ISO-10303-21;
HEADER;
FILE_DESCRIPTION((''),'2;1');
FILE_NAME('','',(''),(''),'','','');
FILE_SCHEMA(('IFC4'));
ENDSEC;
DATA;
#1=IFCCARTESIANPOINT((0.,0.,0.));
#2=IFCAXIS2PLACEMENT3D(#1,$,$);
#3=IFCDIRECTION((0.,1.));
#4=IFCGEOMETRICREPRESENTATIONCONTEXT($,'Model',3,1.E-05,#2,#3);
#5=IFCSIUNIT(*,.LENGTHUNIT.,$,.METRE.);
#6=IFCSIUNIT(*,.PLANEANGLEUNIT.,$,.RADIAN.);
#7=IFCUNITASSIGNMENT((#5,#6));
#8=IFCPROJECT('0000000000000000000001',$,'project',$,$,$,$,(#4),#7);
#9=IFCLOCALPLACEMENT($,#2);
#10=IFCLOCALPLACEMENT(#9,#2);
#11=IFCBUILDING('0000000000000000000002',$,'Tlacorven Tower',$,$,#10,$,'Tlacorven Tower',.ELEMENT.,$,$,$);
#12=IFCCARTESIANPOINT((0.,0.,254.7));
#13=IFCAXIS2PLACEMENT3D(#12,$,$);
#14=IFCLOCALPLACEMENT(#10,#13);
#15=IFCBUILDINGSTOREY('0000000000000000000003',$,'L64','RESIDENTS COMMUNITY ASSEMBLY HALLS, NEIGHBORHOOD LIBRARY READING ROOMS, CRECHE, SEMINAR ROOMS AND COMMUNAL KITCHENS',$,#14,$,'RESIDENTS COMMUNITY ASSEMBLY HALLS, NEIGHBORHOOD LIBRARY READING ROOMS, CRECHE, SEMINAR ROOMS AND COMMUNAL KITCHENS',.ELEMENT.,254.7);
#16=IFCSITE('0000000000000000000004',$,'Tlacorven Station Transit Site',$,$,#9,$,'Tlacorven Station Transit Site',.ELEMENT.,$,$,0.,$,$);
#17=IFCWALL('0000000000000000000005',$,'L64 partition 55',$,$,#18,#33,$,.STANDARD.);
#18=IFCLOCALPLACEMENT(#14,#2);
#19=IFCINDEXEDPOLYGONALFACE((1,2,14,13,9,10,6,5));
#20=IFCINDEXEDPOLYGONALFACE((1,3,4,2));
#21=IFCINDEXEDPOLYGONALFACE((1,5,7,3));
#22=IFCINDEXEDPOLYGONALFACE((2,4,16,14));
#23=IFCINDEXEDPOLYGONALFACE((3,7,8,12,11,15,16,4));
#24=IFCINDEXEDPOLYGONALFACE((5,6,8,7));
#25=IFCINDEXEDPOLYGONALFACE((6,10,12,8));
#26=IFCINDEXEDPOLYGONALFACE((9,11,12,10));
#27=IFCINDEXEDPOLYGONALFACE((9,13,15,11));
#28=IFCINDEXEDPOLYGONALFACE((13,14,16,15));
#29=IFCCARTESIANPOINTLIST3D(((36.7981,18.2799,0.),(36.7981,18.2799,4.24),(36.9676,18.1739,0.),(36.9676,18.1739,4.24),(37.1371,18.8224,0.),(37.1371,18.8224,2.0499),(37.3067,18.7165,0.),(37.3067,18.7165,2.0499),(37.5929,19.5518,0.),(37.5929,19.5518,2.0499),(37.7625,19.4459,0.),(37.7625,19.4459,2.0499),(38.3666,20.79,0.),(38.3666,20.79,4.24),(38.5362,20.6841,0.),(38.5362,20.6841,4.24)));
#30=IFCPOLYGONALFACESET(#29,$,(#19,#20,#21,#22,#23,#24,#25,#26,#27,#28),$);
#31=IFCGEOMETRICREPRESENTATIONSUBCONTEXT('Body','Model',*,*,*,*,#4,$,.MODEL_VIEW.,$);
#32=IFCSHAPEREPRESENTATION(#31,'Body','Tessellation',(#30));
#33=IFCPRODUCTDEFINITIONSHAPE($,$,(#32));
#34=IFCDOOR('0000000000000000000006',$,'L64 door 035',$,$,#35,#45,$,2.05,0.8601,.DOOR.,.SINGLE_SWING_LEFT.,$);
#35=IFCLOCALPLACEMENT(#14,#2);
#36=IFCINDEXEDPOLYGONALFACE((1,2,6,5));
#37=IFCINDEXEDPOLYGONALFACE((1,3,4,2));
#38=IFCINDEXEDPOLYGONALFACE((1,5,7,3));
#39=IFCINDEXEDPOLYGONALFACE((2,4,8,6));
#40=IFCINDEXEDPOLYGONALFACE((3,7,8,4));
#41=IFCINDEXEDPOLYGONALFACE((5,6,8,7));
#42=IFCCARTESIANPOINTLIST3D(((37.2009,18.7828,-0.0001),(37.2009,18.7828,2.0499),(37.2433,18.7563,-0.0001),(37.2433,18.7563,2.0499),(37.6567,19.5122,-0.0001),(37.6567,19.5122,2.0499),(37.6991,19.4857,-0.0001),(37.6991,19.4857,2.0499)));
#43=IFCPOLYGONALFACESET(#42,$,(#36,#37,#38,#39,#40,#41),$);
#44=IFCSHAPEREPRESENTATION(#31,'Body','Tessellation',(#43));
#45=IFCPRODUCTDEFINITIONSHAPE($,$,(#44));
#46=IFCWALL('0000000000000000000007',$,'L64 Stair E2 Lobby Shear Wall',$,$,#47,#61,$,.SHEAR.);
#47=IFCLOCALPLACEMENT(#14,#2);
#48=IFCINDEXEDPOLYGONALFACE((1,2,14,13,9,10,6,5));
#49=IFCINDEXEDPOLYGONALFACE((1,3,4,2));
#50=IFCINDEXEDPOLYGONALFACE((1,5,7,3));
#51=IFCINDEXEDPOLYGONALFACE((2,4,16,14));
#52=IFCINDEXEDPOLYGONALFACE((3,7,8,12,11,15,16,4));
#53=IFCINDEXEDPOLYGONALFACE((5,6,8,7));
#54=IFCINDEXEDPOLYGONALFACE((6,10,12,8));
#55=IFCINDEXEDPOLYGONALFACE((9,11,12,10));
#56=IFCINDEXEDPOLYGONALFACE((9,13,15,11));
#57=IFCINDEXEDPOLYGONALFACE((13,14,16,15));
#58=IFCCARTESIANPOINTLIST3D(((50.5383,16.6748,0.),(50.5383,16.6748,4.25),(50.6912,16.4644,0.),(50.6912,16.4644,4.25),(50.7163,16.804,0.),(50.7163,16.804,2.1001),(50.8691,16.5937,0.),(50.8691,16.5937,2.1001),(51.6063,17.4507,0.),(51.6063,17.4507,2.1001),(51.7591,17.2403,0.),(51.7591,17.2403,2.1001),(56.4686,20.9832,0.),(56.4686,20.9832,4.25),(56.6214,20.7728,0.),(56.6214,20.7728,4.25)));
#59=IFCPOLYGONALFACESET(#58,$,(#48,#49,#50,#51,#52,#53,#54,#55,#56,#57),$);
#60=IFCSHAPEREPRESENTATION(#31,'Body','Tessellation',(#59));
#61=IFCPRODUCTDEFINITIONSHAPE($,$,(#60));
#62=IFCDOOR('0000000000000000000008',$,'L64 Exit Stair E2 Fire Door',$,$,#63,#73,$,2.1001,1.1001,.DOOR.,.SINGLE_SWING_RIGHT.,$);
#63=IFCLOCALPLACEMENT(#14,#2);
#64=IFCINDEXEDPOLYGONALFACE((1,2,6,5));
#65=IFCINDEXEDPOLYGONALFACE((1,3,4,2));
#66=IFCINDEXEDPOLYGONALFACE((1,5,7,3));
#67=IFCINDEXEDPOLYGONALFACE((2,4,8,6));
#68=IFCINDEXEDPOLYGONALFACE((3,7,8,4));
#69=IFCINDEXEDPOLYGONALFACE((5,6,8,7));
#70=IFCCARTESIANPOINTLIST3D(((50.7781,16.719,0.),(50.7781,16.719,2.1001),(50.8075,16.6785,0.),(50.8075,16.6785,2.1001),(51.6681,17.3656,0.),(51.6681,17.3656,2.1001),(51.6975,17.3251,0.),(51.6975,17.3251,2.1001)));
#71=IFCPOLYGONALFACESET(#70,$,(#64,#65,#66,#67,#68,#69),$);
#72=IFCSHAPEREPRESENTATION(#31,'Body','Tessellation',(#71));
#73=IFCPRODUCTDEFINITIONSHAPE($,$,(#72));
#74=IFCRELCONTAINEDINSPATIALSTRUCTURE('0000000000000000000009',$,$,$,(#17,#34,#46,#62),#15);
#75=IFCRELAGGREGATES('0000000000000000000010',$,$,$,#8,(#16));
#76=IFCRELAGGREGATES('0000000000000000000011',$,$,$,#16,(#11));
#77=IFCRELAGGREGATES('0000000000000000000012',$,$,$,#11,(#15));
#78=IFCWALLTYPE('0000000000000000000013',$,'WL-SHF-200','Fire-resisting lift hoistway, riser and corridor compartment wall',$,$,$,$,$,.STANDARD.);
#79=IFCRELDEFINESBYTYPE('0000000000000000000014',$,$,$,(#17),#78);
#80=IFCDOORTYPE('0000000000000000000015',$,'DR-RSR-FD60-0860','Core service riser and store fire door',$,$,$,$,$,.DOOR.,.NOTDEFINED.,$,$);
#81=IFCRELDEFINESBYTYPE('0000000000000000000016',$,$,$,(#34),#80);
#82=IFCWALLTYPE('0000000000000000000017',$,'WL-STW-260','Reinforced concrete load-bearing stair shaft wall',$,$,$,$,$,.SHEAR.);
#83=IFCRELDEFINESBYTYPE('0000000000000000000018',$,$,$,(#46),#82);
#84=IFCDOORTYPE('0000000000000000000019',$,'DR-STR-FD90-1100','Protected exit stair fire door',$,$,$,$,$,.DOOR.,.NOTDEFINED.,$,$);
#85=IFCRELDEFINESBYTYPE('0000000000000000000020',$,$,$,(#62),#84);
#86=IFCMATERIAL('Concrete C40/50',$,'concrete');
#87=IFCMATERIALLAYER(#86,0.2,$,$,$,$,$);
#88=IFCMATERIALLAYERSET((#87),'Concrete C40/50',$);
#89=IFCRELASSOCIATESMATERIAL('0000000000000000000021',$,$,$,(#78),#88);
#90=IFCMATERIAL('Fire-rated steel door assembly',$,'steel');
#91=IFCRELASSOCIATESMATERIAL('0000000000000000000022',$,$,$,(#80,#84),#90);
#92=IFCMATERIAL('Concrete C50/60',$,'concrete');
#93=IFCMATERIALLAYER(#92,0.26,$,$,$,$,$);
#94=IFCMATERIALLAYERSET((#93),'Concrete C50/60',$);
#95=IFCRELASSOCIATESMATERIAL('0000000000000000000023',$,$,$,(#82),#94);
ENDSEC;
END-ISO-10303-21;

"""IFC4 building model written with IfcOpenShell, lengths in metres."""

from ifc_helpers import new_model, si_unit, direction, frame, frame_2d, origin, place, context, subcontext, project, spatial, rectangle, extrude, source, transform, mapped, material, layer, layer_set, type_object, element, fill, save


model = new_model("IFC4")

# Units and contexts
model_context = context("Model", 3, precision=1e-05, world=origin(), true_north=direction((0.0, 1.0)))
body_context = subcontext(model_context, "Body", "Model", "MODEL_VIEW")
ifc_project = project(units=[si_unit("LENGTHUNIT", "METRE"), si_unit("PLANEANGLEUNIT", "RADIAN")], contexts=[model_context])

# Site, building, storey
site_placement = place(None, origin())
site = spatial("IfcSite", under=ifc_project, at=site_placement, Name="Tlacorven Station Transit Site", LongName="Tlacorven Station Transit Site", CompositionType="ELEMENT", RefElevation=0.0)
building_placement = place(site_placement, origin())
building = spatial("IfcBuilding", under=site, at=building_placement, Name="Tlacorven Tower", LongName="Tlacorven Tower", CompositionType="ELEMENT")
storey_placement = place(building_placement, frame((0.0, 0.0, 254.7)))
storey = spatial("IfcBuildingStorey", under=building, at=storey_placement, Name="L64", Description="RESIDENTS COMMUNITY ASSEMBLY HALLS, NEIGHBORHOOD LIBRARY READING ROOMS, CRECHE, SEMINAR ROOMS AND COMMUNAL KITCHENS", LongName="RESIDENTS COMMUNITY ASSEMBLY HALLS, NEIGHBORHOOD LIBRARY READING ROOMS, CRECHE, SEMINAR ROOMS AND COMMUNAL KITCHENS", CompositionType="ELEMENT", Elevation=254.7)

# Shared definitions
ifc_material_1 = material(Name="Concrete C50/60", Category="concrete")

# Shared definitions
ifc_material_2 = material(Name="Fire-rated steel door assembly", Category="steel")

# Walls, openings, doors
ifc_material_3 = material(Name="Concrete C40/50", Category="concrete")
ifc_layer_1 = layer(ifc_material_3, 0.2)
ifc_layer_set_1 = layer_set([ifc_layer_1], Name="Concrete C40/50")
wall_type_1 = type_object("IfcWallType", Name="WL-SHF-200", Description="Fire-resisting lift hoistway, riser and corridor compartment wall", PredefinedType="STANDARD", material=ifc_layer_set_1)
wall_1_placement = place(storey_placement, frame((38.4514, 20.7371, 0.0), z_axis=(0.0, 0.0, 1.0), x_axis=(-0.529925, -0.848045, 0.0)))
wall_1 = element("IfcWall", 1, at=wall_1_placement, inside=storey, type_object=wall_type_1, Name="L64 partition 55", PredefinedType="STANDARD", context=body_context, shape_type="SweptSolid", body=[
    extrude(rectangle(XDim=2.96, YDim=0.2, at=frame_2d((1.48, 0.0))), origin(), (0.0, 0.0, 1.0), 4.24),
])
opening_1_placement = place(wall_1_placement, frame((1.46, 0.0, 0.0)))
opening_1 = element("IfcOpeningElement", 2, at=opening_1_placement, cuts=wall_1, PredefinedType="OPENING", context=body_context, shape_type="SweptSolid", body=[
    extrude(rectangle(XDim=0.8601, YDim=2.05, at=frame_2d((0.4302, 1.0249))), frame((0.0, 0.1099, 0.0), z_axis=(0.0, -1.0, 0.0), x_axis=(1.0, 0.0, 0.0)), (0.0, 0.0, 1.0), 0.22),
])
door_type_1 = type_object("IfcDoorType", Name="DR-RSR-FD60-0860", Description="Core service riser and store fire door", OperationType="NOTDEFINED", PredefinedType="DOOR", material=ifc_material_2)
shared_shape_1 = source(origin(), body_context, "Body", "SweptSolid", [
    extrude(rectangle(XDim=0.8601, YDim=2.05, at=frame_2d((0.4302, 1.0249))), frame((0.0, 0.0249, 0.0), z_axis=(0.0, -1.0, 0.0), x_axis=(1.0, 0.0, 0.0)), (0.0, 0.0, 1.0), 0.05),
])
door_1_placement = place(opening_1_placement, frame((0.8601, 0.0, 0.0), z_axis=(0.0, 0.0, 1.0), x_axis=(-1.0, 0.0, 0.0)))
door_1 = element("IfcDoor", 3, at=door_1_placement, inside=storey, type_object=door_type_1, Name="L64 door 035", OperationType="SINGLE_SWING_LEFT", OverallHeight=2.05, OverallWidth=0.8601, PredefinedType="DOOR", context=body_context, shape_type="MappedRepresentation", body=[
    mapped(shared_shape_1, transform((0.0, 0.0, 0.0), scale=1.0)),
])
fill(opening_1, door_1)
ifc_layer_2 = layer(ifc_material_1, 0.26)
ifc_layer_set_2 = layer_set([ifc_layer_2], Name="Concrete C50/60")
wall_type_2 = type_object("IfcWallType", Name="WL-STW-260", Description="Reinforced concrete load-bearing stair shaft wall", PredefinedType="SHEAR", material=ifc_layer_set_2)
wall_2_placement = place(storey_placement, frame((50.6147, 16.5696, 0.0), z_axis=(0.0, 0.0, 1.0), x_axis=(0.809028, 0.58777, 0.0)))
wall_2 = element("IfcWall", 4, at=wall_2_placement, inside=storey, type_object=wall_type_2, Name="L64 Stair E2 Lobby Shear Wall", PredefinedType="SHEAR", context=body_context, shape_type="SweptSolid", body=[
    extrude(rectangle(XDim=7.3301, YDim=0.26, at=frame_2d((3.665, 0.0))), origin(), (0.0, 0.0, 1.0), 4.25),
])
opening_2_placement = place(wall_2_placement, frame((0.22, 0.0, 0.0)))
opening_2 = element("IfcOpeningElement", 5, at=opening_2_placement, cuts=wall_2, PredefinedType="OPENING", context=body_context, shape_type="SweptSolid", body=[
    extrude(rectangle(XDim=1.1001, YDim=2.1001, at=frame_2d((0.55, 1.05))), frame((0.0, 0.1401, 0.0), z_axis=(0.0, -1.0, 0.0), x_axis=(1.0, 0.0, 0.0)), (0.0, 0.0, 1.0), 0.28),
])
door_type_2 = type_object("IfcDoorType", Name="DR-STR-FD90-1100", Description="Protected exit stair fire door", OperationType="NOTDEFINED", PredefinedType="DOOR", material=ifc_material_2)
shared_shape_2 = source(origin(), body_context, "Body", "SweptSolid", [
    extrude(rectangle(XDim=1.1001, YDim=2.1001, at=frame_2d((0.55, 1.05))), frame((0.0, 0.0249, 0.0), z_axis=(0.0, -1.0, 0.0), x_axis=(1.0, 0.0, 0.0)), (0.0, 0.0, 1.0), 0.05),
])
door_2_placement = place(opening_2_placement, origin())
door_2 = element("IfcDoor", 6, at=door_2_placement, inside=storey, type_object=door_type_2, Name="L64 Exit Stair E2 Fire Door", OperationType="SINGLE_SWING_RIGHT", OverallHeight=2.1001, OverallWidth=1.1001, PredefinedType="DOOR", context=body_context, shape_type="MappedRepresentation", body=[
    mapped(shared_shape_2, transform((0.0, 0.0, 0.0), scale=1.0)),
])
fill(opening_2, door_2)

save(model, "model.ifc")
